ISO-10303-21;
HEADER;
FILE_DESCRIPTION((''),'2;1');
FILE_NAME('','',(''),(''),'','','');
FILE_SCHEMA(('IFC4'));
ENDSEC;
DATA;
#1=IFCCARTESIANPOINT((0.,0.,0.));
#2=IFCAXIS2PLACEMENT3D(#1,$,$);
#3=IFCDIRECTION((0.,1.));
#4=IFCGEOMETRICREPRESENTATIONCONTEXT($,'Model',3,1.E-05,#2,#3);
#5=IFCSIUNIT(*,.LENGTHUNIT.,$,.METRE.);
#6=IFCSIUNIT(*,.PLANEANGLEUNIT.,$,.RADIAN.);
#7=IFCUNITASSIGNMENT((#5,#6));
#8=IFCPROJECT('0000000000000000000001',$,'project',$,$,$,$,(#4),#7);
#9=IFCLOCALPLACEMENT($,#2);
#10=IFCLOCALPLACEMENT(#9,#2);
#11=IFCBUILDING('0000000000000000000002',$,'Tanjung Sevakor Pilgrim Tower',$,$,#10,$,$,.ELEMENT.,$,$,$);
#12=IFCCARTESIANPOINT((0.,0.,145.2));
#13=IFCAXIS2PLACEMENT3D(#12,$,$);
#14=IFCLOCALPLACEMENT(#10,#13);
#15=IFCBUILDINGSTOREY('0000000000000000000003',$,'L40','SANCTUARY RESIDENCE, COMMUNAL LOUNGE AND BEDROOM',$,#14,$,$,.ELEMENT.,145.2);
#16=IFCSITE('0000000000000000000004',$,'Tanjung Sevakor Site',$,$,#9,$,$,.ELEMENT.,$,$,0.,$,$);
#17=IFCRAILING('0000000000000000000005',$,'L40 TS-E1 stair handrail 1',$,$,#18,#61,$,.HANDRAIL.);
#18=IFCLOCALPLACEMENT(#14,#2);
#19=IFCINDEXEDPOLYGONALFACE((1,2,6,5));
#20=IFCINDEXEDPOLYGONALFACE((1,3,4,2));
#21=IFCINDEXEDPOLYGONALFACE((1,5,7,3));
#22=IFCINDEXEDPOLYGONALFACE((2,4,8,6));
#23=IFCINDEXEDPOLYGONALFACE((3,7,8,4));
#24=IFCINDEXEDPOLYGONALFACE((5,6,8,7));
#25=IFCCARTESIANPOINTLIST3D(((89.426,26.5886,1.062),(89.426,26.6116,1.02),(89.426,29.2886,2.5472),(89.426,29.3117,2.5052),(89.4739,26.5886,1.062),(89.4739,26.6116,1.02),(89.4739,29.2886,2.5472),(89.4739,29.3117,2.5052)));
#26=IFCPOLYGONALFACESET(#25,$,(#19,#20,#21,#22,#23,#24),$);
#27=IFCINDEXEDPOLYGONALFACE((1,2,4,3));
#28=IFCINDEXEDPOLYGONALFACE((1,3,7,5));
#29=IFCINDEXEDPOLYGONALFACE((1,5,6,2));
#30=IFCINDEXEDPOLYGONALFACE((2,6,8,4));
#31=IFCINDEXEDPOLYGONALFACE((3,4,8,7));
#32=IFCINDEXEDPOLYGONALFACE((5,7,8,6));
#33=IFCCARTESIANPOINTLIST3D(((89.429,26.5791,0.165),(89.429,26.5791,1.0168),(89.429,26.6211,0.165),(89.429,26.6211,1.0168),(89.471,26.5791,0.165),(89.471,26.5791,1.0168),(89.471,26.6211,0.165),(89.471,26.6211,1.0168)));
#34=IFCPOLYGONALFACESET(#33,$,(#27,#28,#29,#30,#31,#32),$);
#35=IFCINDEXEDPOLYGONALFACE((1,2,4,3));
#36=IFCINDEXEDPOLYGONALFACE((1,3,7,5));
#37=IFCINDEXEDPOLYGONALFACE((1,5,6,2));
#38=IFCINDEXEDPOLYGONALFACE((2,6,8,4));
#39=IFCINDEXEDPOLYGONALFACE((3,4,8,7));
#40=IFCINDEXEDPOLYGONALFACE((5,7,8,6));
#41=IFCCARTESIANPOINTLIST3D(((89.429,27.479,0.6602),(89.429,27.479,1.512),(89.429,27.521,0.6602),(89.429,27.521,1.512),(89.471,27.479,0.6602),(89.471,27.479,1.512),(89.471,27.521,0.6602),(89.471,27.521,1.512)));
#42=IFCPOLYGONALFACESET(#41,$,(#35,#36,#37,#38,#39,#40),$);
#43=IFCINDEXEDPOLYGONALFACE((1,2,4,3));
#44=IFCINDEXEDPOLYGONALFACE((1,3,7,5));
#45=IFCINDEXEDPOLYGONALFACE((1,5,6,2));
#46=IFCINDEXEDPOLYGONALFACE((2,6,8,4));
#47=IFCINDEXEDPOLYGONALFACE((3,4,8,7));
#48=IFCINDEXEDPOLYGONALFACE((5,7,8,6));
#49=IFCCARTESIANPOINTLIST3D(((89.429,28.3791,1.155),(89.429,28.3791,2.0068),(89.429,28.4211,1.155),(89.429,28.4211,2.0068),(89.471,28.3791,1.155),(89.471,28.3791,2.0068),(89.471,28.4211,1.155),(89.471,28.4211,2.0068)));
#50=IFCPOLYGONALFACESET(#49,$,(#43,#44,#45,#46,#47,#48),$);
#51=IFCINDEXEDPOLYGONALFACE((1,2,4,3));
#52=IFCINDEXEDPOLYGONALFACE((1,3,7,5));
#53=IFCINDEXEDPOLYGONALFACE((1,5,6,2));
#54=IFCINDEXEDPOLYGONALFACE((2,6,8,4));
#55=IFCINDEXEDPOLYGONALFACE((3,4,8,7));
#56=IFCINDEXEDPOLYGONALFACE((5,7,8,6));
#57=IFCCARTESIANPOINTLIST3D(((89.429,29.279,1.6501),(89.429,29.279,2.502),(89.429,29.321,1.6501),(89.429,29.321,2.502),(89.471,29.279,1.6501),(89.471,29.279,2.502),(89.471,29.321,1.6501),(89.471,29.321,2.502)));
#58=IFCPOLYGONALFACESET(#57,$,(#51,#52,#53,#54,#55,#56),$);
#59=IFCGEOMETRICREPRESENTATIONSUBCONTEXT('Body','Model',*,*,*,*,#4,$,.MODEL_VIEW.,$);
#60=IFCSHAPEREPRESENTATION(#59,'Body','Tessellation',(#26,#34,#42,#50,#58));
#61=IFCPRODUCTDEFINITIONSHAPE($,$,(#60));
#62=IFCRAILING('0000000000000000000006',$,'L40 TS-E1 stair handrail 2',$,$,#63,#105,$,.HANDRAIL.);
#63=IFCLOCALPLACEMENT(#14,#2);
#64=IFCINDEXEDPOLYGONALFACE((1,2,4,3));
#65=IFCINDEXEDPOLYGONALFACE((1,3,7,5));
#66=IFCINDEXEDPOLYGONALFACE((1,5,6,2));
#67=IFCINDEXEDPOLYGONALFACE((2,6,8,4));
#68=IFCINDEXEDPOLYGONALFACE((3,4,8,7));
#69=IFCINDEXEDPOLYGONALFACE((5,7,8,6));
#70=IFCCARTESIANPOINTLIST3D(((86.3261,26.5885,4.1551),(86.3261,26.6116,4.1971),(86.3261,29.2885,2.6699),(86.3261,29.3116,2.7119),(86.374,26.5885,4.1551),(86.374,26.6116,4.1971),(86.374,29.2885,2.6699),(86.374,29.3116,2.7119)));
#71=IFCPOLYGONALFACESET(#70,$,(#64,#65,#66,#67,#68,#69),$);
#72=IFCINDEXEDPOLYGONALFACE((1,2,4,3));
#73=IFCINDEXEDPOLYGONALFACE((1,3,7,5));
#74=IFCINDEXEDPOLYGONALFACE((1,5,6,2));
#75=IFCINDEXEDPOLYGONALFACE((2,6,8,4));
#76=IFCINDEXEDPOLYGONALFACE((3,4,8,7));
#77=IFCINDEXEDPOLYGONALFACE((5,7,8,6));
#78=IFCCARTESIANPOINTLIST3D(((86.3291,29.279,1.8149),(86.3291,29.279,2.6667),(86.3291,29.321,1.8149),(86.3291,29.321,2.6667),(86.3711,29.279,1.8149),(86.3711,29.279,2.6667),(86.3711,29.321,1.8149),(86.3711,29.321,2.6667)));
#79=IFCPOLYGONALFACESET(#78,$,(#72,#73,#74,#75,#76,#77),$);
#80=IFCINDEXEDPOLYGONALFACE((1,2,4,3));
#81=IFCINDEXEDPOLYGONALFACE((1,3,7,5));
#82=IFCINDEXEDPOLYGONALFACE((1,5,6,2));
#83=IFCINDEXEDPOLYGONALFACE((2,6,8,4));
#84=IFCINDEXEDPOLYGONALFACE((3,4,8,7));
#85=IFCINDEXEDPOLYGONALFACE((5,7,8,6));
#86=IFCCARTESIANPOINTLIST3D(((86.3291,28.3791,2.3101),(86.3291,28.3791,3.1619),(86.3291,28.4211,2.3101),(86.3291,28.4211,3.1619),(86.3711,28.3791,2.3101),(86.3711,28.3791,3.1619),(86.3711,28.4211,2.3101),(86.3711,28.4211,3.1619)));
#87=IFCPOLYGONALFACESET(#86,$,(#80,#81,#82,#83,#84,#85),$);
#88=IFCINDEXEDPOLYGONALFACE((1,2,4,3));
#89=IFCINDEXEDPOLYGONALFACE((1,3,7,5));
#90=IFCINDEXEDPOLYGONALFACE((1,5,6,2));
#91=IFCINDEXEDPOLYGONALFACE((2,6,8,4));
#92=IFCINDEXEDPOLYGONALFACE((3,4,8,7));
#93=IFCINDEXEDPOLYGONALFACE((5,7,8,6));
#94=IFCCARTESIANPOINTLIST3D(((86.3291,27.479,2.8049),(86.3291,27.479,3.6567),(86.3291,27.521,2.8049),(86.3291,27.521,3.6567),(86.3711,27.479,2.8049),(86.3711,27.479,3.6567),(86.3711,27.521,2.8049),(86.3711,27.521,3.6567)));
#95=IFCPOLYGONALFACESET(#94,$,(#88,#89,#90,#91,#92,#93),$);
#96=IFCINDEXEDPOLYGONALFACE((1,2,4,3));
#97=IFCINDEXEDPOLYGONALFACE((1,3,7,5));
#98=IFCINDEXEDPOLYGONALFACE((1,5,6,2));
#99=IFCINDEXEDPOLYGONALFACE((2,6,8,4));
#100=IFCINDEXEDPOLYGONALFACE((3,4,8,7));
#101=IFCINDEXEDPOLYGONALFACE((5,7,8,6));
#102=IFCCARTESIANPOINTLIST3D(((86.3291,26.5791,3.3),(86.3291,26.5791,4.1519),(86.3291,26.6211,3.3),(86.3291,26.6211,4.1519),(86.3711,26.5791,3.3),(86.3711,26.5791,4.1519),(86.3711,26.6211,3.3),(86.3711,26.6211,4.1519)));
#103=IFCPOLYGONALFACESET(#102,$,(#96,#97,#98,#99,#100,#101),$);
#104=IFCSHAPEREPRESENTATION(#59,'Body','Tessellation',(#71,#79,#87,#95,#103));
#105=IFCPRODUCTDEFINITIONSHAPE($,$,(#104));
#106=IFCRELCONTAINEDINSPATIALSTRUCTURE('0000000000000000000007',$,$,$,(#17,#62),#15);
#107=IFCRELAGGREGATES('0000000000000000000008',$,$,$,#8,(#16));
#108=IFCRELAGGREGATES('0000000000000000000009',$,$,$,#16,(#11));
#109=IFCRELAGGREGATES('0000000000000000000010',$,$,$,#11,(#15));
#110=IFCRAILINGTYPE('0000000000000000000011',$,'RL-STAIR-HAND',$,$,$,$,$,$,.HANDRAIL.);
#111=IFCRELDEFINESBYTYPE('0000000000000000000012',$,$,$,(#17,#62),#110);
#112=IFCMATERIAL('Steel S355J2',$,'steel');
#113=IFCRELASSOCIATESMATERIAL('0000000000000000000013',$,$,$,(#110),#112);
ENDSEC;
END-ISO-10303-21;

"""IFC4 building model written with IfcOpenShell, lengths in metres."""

from ifc_helpers import new_model, si_unit, direction, frame, origin, place, context, subcontext, project, spatial, rectangle, extrude, material, type_object, element, save


model = new_model("IFC4")

# Units and contexts
model_context = context("Model", 3, precision=1e-05, world=origin(), true_north=direction((0.0, 1.0)))
body_context = subcontext(model_context, "Body", "Model", "MODEL_VIEW")
ifc_project = project(units=[si_unit("LENGTHUNIT", "METRE"), si_unit("PLANEANGLEUNIT", "RADIAN")], contexts=[model_context])

# Site, building, storey
site_placement = place(None, origin())
site = spatial("IfcSite", under=ifc_project, at=site_placement, Name="Tanjung Sevakor Site", CompositionType="ELEMENT", RefElevation=0.0)
building_placement = place(site_placement, origin())
building = spatial("IfcBuilding", under=site, at=building_placement, Name="Tanjung Sevakor Pilgrim Tower", CompositionType="ELEMENT")
storey_placement = place(building_placement, frame((0.0, 0.0, 145.2)))
storey = spatial("IfcBuildingStorey", under=building, at=storey_placement, Name="L40", Description="SANCTUARY RESIDENCE, COMMUNAL LOUNGE AND BEDROOM", CompositionType="ELEMENT", Elevation=145.2)

# Railings
ifc_material_1 = material(Name="Steel S355J2", Category="steel")
railing_type_1 = type_object("IfcRailingType", Name="RL-STAIR-HAND", PredefinedType="HANDRAIL", material=ifc_material_1)
railing_1_placement = place(storey_placement, frame((89.45, 26.6001, 0.165)))
element("IfcRailing", 1, at=railing_1_placement, inside=storey, type_object=railing_type_1, Name="L40 TS-E1 stair handrail 1", PredefinedType="HANDRAIL", context=body_context, shape_type="SweptSolid", body=[
    extrude(rectangle(XDim=0.0479, YDim=0.0479), frame((0.0, 0.0, 0.876), z_axis=(0.0, 0.876198, 0.481952), x_axis=(-1.0, 0.0, 0.0)), (0.0, 0.0, 1.0), 3.0815),
    extrude(rectangle(XDim=0.042, YDim=0.042), origin(), (0.0, 0.0, 1.0), 0.8518),
    extrude(rectangle(XDim=0.042, YDim=0.042), frame((0.0, 0.8999, 0.4951)), (0.0, 0.0, 1.0), 0.8518),
    extrude(rectangle(XDim=0.042, YDim=0.042), frame((0.0, 1.8, 0.99)), (0.0, 0.0, 1.0), 0.8518),
    extrude(rectangle(XDim=0.042, YDim=0.042), frame((0.0, 2.7, 1.4851)), (0.0, 0.0, 1.0), 0.8518),
])
railing_2_placement = place(storey_placement, frame((86.3501, 29.3, 1.8149)))
element("IfcRailing", 2, at=railing_2_placement, inside=storey, type_object=railing_type_1, Name="L40 TS-E1 stair handrail 2", PredefinedType="HANDRAIL", context=body_context, shape_type="SweptSolid", body=[
    extrude(rectangle(XDim=0.0479, YDim=0.0479), frame((0.0, 0.0, 0.876), z_axis=(0.0, -0.876198, 0.481952), x_axis=(1.0, 0.0, 0.0)), (0.0, 0.0, 1.0), 3.0815),
    extrude(rectangle(XDim=0.042, YDim=0.042), origin(), (0.0, 0.0, 1.0), 0.8518),
    extrude(rectangle(XDim=0.042, YDim=0.042), frame((0.0, -0.8999, 0.4951)), (0.0, 0.0, 1.0), 0.8518),
    extrude(rectangle(XDim=0.042, YDim=0.042), frame((0.0, -1.8, 0.99)), (0.0, 0.0, 1.0), 0.8518),
    extrude(rectangle(XDim=0.042, YDim=0.042), frame((0.0, -2.7, 1.4851)), (0.0, 0.0, 1.0), 0.8518),
])

save(model, "model.ifc")
